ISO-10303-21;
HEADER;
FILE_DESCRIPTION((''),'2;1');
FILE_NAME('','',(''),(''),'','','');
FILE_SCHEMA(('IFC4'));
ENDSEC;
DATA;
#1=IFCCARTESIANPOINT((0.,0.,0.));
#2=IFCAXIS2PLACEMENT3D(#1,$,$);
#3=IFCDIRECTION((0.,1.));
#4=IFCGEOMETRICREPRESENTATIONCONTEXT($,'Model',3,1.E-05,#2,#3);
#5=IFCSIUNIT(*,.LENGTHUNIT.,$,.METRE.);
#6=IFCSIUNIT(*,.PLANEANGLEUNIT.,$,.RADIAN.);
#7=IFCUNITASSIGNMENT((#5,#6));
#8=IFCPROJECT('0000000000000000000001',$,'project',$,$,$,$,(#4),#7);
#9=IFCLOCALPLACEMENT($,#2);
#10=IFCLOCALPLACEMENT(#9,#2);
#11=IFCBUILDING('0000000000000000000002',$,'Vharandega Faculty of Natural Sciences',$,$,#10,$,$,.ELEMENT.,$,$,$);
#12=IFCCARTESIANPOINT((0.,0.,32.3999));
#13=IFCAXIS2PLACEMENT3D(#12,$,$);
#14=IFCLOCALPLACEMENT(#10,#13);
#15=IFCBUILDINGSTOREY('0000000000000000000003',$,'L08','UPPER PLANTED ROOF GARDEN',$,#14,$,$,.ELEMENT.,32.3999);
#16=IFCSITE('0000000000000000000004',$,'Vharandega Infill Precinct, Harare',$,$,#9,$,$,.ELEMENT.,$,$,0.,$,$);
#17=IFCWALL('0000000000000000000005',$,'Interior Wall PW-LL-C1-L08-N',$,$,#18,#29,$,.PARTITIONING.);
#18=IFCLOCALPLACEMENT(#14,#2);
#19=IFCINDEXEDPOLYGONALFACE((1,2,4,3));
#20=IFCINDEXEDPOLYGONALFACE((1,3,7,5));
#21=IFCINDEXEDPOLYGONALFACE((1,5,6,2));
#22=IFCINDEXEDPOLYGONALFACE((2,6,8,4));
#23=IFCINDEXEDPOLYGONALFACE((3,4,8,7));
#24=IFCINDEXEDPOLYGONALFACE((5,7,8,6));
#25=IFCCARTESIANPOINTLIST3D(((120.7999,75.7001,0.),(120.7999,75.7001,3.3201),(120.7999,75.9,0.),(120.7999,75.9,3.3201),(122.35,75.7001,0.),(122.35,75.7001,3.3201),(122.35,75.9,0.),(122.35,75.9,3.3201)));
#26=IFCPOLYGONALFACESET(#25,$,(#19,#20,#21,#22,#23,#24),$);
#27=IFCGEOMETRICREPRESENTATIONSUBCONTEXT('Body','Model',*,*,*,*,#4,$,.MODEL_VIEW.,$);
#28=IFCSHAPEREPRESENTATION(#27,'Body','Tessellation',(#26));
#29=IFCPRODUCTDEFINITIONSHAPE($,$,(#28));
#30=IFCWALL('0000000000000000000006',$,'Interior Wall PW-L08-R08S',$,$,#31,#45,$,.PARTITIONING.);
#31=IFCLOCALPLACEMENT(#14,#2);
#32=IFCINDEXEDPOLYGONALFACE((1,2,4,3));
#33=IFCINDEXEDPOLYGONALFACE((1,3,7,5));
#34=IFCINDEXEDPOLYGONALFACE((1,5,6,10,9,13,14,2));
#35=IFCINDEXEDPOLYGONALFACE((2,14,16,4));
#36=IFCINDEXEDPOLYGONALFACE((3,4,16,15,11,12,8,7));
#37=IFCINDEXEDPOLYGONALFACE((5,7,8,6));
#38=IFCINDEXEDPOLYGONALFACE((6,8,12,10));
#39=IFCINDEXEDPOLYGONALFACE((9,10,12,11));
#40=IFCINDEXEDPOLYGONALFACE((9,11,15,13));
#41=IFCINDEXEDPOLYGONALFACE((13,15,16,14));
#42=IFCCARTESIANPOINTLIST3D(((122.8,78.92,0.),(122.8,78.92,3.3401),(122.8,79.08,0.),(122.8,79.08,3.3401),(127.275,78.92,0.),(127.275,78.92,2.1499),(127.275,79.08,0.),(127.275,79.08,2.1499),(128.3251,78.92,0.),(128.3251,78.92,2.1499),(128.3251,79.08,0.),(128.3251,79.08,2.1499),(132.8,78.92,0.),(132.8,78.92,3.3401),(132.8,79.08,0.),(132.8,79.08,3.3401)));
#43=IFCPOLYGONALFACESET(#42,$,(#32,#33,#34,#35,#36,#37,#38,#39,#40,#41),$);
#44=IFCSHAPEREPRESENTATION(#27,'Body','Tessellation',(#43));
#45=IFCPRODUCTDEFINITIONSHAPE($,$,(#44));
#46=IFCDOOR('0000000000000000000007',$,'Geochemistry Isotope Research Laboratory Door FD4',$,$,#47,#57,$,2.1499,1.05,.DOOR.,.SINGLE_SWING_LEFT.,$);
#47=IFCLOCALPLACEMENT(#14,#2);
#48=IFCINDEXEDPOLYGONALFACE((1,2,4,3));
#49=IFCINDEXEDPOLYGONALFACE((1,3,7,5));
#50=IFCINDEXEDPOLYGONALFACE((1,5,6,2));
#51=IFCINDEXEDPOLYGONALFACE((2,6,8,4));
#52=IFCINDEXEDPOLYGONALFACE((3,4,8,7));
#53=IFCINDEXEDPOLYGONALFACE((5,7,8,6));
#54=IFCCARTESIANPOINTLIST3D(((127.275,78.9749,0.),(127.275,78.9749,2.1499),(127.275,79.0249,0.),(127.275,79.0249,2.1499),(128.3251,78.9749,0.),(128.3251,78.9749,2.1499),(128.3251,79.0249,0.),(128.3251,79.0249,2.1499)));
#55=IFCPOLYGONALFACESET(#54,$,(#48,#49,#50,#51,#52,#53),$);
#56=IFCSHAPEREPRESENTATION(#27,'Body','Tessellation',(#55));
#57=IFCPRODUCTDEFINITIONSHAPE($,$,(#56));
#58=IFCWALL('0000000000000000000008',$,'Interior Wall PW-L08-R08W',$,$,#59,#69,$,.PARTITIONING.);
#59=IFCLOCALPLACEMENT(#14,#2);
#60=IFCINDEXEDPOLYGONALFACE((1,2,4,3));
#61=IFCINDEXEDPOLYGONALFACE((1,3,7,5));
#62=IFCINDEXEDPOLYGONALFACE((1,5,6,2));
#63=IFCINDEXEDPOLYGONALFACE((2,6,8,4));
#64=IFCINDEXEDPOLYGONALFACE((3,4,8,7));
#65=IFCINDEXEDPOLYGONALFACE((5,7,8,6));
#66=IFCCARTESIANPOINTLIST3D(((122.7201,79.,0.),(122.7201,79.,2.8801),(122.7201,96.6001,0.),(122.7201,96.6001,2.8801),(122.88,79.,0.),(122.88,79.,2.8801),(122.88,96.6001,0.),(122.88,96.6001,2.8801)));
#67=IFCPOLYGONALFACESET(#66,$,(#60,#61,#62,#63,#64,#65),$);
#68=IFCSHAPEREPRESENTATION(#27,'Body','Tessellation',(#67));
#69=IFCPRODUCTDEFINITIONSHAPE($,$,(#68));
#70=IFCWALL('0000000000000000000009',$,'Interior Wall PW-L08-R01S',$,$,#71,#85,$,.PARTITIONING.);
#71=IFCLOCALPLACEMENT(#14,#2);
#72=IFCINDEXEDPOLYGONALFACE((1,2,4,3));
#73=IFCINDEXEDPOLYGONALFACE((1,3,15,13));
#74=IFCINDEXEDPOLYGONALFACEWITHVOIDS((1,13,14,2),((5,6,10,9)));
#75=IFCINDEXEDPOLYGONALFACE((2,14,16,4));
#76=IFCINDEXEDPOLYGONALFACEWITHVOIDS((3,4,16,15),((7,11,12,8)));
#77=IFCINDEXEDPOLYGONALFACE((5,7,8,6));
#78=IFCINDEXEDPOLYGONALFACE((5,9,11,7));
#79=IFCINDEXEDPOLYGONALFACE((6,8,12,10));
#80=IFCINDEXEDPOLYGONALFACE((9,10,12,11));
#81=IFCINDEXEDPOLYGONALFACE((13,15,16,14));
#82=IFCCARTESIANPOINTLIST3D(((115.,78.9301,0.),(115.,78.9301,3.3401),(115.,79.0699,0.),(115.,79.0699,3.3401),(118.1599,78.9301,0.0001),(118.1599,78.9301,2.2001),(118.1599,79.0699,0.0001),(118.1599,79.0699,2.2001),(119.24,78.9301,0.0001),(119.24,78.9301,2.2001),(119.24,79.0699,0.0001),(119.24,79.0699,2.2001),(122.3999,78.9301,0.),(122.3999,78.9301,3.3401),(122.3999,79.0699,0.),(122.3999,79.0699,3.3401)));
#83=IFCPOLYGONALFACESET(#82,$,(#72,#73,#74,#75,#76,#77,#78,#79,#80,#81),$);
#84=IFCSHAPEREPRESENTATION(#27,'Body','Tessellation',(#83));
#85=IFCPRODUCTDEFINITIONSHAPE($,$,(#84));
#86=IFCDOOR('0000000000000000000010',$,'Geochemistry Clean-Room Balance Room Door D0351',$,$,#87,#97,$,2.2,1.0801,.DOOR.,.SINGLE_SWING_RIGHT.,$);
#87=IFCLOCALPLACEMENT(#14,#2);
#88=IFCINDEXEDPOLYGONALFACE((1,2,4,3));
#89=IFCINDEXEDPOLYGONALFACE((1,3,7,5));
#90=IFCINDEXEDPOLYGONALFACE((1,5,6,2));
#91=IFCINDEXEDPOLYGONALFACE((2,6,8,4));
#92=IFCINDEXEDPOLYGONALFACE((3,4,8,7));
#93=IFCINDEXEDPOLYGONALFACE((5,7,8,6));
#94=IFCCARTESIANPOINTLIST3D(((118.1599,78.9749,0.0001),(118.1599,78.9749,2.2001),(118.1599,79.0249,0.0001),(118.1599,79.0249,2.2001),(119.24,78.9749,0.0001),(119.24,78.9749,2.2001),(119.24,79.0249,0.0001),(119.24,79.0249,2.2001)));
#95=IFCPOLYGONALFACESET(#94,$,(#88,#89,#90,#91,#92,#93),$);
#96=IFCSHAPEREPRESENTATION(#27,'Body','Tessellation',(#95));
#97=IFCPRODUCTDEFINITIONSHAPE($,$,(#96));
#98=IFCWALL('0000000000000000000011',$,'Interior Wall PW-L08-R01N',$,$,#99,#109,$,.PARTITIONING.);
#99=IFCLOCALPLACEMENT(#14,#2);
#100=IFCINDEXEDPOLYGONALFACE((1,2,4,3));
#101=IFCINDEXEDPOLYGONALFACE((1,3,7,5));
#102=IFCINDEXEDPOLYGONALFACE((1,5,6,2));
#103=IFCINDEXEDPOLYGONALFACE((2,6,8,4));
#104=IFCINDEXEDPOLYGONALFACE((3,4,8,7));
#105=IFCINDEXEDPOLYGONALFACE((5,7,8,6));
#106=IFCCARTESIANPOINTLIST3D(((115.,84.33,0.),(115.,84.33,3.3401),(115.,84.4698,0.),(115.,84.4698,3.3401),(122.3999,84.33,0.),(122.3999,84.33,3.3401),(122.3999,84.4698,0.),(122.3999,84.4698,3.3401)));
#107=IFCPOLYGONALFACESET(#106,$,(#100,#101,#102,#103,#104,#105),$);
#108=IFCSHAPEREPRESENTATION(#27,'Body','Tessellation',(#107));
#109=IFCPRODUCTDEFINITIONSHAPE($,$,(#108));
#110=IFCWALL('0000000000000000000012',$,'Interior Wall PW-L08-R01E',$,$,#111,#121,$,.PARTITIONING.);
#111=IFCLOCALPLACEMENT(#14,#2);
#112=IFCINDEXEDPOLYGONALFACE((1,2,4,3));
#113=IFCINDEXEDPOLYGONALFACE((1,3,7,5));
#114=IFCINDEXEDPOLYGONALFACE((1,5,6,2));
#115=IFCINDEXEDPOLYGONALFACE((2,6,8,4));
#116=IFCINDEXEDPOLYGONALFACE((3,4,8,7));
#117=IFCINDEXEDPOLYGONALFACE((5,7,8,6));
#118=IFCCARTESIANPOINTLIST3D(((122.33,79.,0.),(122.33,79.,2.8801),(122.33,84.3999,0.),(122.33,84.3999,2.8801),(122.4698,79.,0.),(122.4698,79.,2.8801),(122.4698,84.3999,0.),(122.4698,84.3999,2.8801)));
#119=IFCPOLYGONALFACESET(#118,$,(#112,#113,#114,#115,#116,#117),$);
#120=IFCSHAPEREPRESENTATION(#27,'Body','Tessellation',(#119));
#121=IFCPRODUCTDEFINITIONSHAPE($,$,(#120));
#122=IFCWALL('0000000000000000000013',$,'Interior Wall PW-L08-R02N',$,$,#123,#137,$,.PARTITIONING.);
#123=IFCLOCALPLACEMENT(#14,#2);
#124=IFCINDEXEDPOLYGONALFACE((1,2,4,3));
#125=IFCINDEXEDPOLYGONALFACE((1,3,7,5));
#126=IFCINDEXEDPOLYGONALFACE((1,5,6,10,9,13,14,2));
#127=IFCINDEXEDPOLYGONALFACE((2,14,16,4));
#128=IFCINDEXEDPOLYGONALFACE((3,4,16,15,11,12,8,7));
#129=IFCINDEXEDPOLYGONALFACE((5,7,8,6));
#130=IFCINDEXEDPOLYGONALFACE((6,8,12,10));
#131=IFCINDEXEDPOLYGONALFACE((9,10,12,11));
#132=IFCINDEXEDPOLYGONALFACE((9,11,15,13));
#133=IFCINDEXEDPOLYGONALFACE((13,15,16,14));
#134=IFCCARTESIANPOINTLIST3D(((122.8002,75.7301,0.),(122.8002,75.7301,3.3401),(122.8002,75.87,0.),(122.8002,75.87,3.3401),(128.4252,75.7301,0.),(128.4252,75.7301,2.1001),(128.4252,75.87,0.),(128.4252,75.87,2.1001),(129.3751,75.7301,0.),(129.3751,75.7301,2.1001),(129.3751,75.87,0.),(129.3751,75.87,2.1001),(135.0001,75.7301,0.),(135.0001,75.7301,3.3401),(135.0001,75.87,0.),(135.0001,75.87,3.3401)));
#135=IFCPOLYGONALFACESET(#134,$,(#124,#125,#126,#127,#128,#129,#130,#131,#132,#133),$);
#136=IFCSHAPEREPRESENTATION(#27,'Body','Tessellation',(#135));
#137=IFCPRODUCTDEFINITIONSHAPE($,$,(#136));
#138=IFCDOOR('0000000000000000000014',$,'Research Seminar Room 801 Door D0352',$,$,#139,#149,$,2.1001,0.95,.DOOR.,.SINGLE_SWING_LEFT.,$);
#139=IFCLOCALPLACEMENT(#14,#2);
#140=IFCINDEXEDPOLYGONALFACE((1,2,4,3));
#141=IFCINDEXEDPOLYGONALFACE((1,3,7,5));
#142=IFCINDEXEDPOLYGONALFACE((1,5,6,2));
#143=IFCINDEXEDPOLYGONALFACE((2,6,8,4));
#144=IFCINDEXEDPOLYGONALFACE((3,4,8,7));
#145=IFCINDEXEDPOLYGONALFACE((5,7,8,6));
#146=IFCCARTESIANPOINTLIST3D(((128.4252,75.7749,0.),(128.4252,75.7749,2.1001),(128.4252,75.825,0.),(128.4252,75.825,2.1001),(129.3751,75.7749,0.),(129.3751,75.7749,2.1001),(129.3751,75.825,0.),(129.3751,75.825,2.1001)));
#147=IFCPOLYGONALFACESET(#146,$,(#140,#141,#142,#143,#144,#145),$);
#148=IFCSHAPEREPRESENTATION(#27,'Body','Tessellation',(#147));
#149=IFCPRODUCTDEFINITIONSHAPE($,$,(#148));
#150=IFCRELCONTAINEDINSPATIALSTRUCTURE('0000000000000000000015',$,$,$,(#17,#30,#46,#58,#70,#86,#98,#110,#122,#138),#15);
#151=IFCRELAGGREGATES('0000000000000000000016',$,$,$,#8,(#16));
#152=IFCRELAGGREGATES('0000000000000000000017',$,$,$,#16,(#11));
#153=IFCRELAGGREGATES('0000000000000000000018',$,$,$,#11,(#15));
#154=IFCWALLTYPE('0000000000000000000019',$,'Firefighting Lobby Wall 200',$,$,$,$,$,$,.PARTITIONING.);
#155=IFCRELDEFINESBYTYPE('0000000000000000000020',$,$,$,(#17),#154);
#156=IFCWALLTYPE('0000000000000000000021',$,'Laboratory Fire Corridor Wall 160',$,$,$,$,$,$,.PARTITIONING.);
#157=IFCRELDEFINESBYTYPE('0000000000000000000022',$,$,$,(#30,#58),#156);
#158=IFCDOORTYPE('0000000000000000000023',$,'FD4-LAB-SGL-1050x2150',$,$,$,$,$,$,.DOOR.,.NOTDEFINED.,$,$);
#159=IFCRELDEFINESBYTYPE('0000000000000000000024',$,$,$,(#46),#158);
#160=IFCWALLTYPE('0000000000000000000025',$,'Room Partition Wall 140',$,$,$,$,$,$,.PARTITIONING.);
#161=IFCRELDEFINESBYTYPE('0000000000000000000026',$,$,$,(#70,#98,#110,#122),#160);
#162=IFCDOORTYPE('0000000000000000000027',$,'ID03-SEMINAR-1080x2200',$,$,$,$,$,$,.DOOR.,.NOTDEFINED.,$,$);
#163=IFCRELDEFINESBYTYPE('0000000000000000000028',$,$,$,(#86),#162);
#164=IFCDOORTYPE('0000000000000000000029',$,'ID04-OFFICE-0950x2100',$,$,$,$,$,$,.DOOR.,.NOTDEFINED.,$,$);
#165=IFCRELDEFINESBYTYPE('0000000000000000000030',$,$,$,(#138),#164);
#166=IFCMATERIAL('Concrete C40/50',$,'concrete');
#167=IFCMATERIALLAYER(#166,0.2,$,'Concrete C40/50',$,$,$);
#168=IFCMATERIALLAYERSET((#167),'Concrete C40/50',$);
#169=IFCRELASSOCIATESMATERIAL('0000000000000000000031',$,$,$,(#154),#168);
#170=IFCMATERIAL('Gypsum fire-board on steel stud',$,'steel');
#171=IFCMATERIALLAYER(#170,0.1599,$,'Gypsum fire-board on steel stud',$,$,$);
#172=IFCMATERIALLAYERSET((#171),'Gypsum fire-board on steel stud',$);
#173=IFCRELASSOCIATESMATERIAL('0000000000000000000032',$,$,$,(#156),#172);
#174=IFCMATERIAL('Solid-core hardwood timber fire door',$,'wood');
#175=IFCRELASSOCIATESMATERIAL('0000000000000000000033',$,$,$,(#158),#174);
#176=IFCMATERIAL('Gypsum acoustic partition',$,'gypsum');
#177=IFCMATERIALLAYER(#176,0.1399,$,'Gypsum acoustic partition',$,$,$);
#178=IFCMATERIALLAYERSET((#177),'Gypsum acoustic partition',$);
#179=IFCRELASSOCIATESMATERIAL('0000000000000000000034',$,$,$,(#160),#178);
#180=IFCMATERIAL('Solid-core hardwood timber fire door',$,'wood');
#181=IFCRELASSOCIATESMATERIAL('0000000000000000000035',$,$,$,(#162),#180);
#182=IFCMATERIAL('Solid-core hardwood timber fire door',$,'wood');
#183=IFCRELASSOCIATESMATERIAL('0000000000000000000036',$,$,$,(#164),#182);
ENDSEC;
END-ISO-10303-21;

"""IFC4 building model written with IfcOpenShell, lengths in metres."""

from ifc_helpers import new_model, si_unit, direction, frame, frame_2d, origin, place, context, subcontext, project, spatial, rectangle, extrude, material, layer, layer_set, type_object, element, fill, save


model = new_model("IFC4")

# Units and contexts
model_context = context("Model", 3, precision=1e-05, world=origin(), true_north=direction((0.0, 1.0)))
body_context = subcontext(model_context, "Body", "Model", "MODEL_VIEW")
ifc_project = project(units=[si_unit("LENGTHUNIT", "METRE"), si_unit("PLANEANGLEUNIT", "RADIAN")], contexts=[model_context])

# Site, building, storey
site_placement = place(None, origin())
site = spatial("IfcSite", under=ifc_project, at=site_placement, Name="Vharandega Infill Precinct, Harare", CompositionType="ELEMENT", RefElevation=0.0)
building_placement = place(site_placement, origin())
building = spatial("IfcBuilding", under=site, at=building_placement, Name="Vharandega Faculty of Natural Sciences", CompositionType="ELEMENT")
storey_placement = place(building_placement, frame((0.0, 0.0, 32.3999)))
storey = spatial("IfcBuildingStorey", under=building, at=storey_placement, Name="L08", Description="UPPER PLANTED ROOF GARDEN", CompositionType="ELEMENT", Elevation=32.3999)

# Wall
ifc_material_1 = material(Name="Concrete C40/50", Category="concrete")
ifc_layer_1 = layer(ifc_material_1, 0.2, Name="Concrete C40/50")
ifc_layer_set_1 = layer_set([ifc_layer_1], Name="Concrete C40/50")
wall_type_1 = type_object("IfcWallType", Name="Firefighting Lobby Wall 200", PredefinedType="PARTITIONING", material=ifc_layer_set_1)
wall_1_placement = place(storey_placement, frame((120.8, 75.8, 0.0), z_axis=(0.0, 0.0, 1.0), x_axis=(1.0, 0.0, 0.0)))
element("IfcWall", 1, at=wall_1_placement, inside=storey, type_object=wall_type_1, Name="Interior Wall PW-LL-C1-L08-N", PredefinedType="PARTITIONING", context=body_context, shape_type="SweptSolid", body=[
    extrude(rectangle(XDim=1.55, YDim=0.2, at=frame_2d((0.7749, 0.0))), origin(), (0.0, 0.0, 1.0), 3.3201),
])

# Wall, opening, door
ifc_material_2 = material(Name="Gypsum fire-board on steel stud", Category="steel")
ifc_layer_2 = layer(ifc_material_2, 0.1599, Name="Gypsum fire-board on steel stud")
ifc_layer_set_2 = layer_set([ifc_layer_2], Name="Gypsum fire-board on steel stud")
wall_type_2 = type_object("IfcWallType", Name="Laboratory Fire Corridor Wall 160", PredefinedType="PARTITIONING", material=ifc_layer_set_2)
wall_2_placement = place(storey_placement, frame((122.8, 79.0, 0.0), z_axis=(0.0, 0.0, 1.0), x_axis=(1.0, 0.0, 0.0)))
wall_2 = element("IfcWall", 2, at=wall_2_placement, inside=storey, type_object=wall_type_2, Name="Interior Wall PW-L08-R08S", PredefinedType="PARTITIONING", context=body_context, shape_type="SweptSolid", body=[
    extrude(rectangle(XDim=10.0, YDim=0.1599, at=frame_2d((5.0, 0.0))), origin(), (0.0, 0.0, 1.0), 3.3401),
])
opening_1_placement = place(wall_2_placement, frame((4.4751, 0.0, 0.0)))
opening_1 = element("IfcOpeningElement", 3, at=opening_1_placement, cuts=wall_2, PredefinedType="OPENING", context=body_context, shape_type="SweptSolid", body=[
    extrude(rectangle(XDim=1.05, YDim=2.1499, at=frame_2d((0.5249, 1.075))), frame((0.0, 0.0898, 0.0), z_axis=(0.0, -1.0, 0.0), x_axis=(1.0, 0.0, 0.0)), (0.0, 0.0, 1.0), 0.1799),
])
ifc_material_3 = material(Name="Solid-core hardwood timber fire door", Category="wood")
door_type_1 = type_object("IfcDoorType", Name="FD4-LAB-SGL-1050x2150", OperationType="NOTDEFINED", PredefinedType="DOOR", material=ifc_material_3)
door_1_placement = place(opening_1_placement, origin())
door_1 = element("IfcDoor", 4, at=door_1_placement, inside=storey, type_object=door_type_1, Name="Geochemistry Isotope Research Laboratory Door FD4", OperationType="SINGLE_SWING_LEFT", OverallHeight=2.1499, OverallWidth=1.05, PredefinedType="DOOR", context=body_context, shape_type="SweptSolid", body=[
    extrude(rectangle(XDim=1.05, YDim=2.1499, at=frame_2d((0.5249, 1.075))), frame((0.0, 0.0249, 0.0), z_axis=(0.0, -1.0, 0.0), x_axis=(1.0, 0.0, 0.0)), (0.0, 0.0, 1.0), 0.05),
])
fill(opening_1, door_1)

# Wall
wall_3_placement = place(storey_placement, frame((122.8, 79.0, 0.0), z_axis=(0.0, 0.0, 1.0), x_axis=(0.0, 1.0, 0.0)))
element("IfcWall", 5, at=wall_3_placement, inside=storey, type_object=wall_type_2, Name="Interior Wall PW-L08-R08W", PredefinedType="PARTITIONING", context=body_context, shape_type="SweptSolid", body=[
    extrude(rectangle(XDim=17.6001, YDim=0.1599, at=frame_2d((8.8, 0.0))), origin(), (0.0, 0.0, 1.0), 2.8801),
])

# Wall, opening, door
ifc_material_4 = material(Name="Gypsum acoustic partition", Category="gypsum")
ifc_layer_3 = layer(ifc_material_4, 0.1399, Name="Gypsum acoustic partition")
ifc_layer_set_3 = layer_set([ifc_layer_3], Name="Gypsum acoustic partition")
wall_type_3 = type_object("IfcWallType", Name="Room Partition Wall 140", PredefinedType="PARTITIONING", material=ifc_layer_set_3)
wall_4_placement = place(storey_placement, frame((115.0, 79.0, 0.0), z_axis=(0.0, 0.0, 1.0), x_axis=(1.0, 0.0, 0.0)))
wall_4 = element("IfcWall", 6, at=wall_4_placement, inside=storey, type_object=wall_type_3, Name="Interior Wall PW-L08-R01S", PredefinedType="PARTITIONING", context=body_context, shape_type="SweptSolid", body=[
    extrude(rectangle(XDim=7.3999, YDim=0.1399, at=frame_2d((3.7, 0.0))), origin(), (0.0, 0.0, 1.0), 3.3401),
])
opening_2_placement = place(wall_4_placement, frame((3.1599, 0.0, 0.0)))
opening_2 = element("IfcOpeningElement", 7, at=opening_2_placement, cuts=wall_4, PredefinedType="OPENING", context=body_context, shape_type="SweptSolid", body=[
    extrude(rectangle(XDim=1.0801, YDim=2.2, at=frame_2d((0.54, 1.1001))), frame((0.0, 0.0801, 0.0), z_axis=(0.0, -1.0, 0.0), x_axis=(1.0, 0.0, 0.0)), (0.0, 0.0, 1.0), 0.1599),
])
ifc_material_5 = material(Name="Solid-core hardwood timber fire door", Category="wood")
door_type_2 = type_object("IfcDoorType", Name="ID03-SEMINAR-1080x2200", OperationType="NOTDEFINED", PredefinedType="DOOR", material=ifc_material_5)
door_2_placement = place(opening_2_placement, origin())
door_2 = element("IfcDoor", 8, at=door_2_placement, inside=storey, type_object=door_type_2, Name="Geochemistry Clean-Room Balance Room Door D0351", OperationType="SINGLE_SWING_RIGHT", OverallHeight=2.2, OverallWidth=1.0801, PredefinedType="DOOR", context=body_context, shape_type="SweptSolid", body=[
    extrude(rectangle(XDim=1.0801, YDim=2.2, at=frame_2d((0.54, 1.1001))), frame((0.0, 0.0249, 0.0), z_axis=(0.0, -1.0, 0.0), x_axis=(1.0, 0.0, 0.0)), (0.0, 0.0, 1.0), 0.05),
])
fill(opening_2, door_2)

# Walls
wall_5_placement = place(storey_placement, frame((115.0, 84.3999, 0.0), z_axis=(0.0, 0.0, 1.0), x_axis=(1.0, 0.0, 0.0)))
element("IfcWall", 9, at=wall_5_placement, inside=storey, type_object=wall_type_3, Name="Interior Wall PW-L08-R01N", PredefinedType="PARTITIONING", context=body_context, shape_type="SweptSolid", body=[
    extrude(rectangle(XDim=7.3999, YDim=0.1399, at=frame_2d((3.7, 0.0))), origin(), (0.0, 0.0, 1.0), 3.3401),
])
wall_6_placement = place(storey_placement, frame((122.3999, 79.0, 0.0), z_axis=(0.0, 0.0, 1.0), x_axis=(0.0, 1.0, 0.0)))
element("IfcWall", 10, at=wall_6_placement, inside=storey, type_object=wall_type_3, Name="Interior Wall PW-L08-R01E", PredefinedType="PARTITIONING", context=body_context, shape_type="SweptSolid", body=[
    extrude(rectangle(XDim=5.3999, YDim=0.1399, at=frame_2d((2.7, 0.0))), origin(), (0.0, 0.0, 1.0), 2.8801),
])

# Wall, opening, door
wall_7_placement = place(storey_placement, frame((122.8, 75.8, 0.0), z_axis=(0.0, 0.0, 1.0), x_axis=(1.0, 0.0, 0.0)))
wall_7 = element("IfcWall", 11, at=wall_7_placement, inside=storey, type_object=wall_type_3, Name="Interior Wall PW-L08-R02N", PredefinedType="PARTITIONING", context=body_context, shape_type="SweptSolid", body=[
    extrude(rectangle(XDim=12.2, YDim=0.1399, at=frame_2d((6.1001, 0.0))), origin(), (0.0, 0.0, 1.0), 3.3401),
])
opening_3_placement = place(wall_7_placement, frame((5.625, 0.0, 0.0)))
opening_3 = element("IfcOpeningElement", 12, at=opening_3_placement, cuts=wall_7, PredefinedType="OPENING", context=body_context, shape_type="SweptSolid", body=[
    extrude(rectangle(XDim=0.95, YDim=2.1001, at=frame_2d((0.4751, 1.05))), frame((0.0, 0.0801, 0.0), z_axis=(0.0, -1.0, 0.0), x_axis=(1.0, 0.0, 0.0)), (0.0, 0.0, 1.0), 0.1599),
])
ifc_material_6 = material(Name="Solid-core hardwood timber fire door", Category="wood")
door_type_3 = type_object("IfcDoorType", Name="ID04-OFFICE-0950x2100", OperationType="NOTDEFINED", PredefinedType="DOOR", material=ifc_material_6)
door_3_placement = place(opening_3_placement, origin())
door_3 = element("IfcDoor", 13, at=door_3_placement, inside=storey, type_object=door_type_3, Name="Research Seminar Room 801 Door D0352", OperationType="SINGLE_SWING_LEFT", OverallHeight=2.1001, OverallWidth=0.95, PredefinedType="DOOR", context=body_context, shape_type="SweptSolid", body=[
    extrude(rectangle(XDim=0.95, YDim=2.1001, at=frame_2d((0.4751, 1.05))), frame((0.0, 0.0249, 0.0), z_axis=(0.0, -1.0, 0.0), x_axis=(1.0, 0.0, 0.0)), (0.0, 0.0, 1.0), 0.05),
])
fill(opening_3, door_3)

save(model, "model.ifc")
